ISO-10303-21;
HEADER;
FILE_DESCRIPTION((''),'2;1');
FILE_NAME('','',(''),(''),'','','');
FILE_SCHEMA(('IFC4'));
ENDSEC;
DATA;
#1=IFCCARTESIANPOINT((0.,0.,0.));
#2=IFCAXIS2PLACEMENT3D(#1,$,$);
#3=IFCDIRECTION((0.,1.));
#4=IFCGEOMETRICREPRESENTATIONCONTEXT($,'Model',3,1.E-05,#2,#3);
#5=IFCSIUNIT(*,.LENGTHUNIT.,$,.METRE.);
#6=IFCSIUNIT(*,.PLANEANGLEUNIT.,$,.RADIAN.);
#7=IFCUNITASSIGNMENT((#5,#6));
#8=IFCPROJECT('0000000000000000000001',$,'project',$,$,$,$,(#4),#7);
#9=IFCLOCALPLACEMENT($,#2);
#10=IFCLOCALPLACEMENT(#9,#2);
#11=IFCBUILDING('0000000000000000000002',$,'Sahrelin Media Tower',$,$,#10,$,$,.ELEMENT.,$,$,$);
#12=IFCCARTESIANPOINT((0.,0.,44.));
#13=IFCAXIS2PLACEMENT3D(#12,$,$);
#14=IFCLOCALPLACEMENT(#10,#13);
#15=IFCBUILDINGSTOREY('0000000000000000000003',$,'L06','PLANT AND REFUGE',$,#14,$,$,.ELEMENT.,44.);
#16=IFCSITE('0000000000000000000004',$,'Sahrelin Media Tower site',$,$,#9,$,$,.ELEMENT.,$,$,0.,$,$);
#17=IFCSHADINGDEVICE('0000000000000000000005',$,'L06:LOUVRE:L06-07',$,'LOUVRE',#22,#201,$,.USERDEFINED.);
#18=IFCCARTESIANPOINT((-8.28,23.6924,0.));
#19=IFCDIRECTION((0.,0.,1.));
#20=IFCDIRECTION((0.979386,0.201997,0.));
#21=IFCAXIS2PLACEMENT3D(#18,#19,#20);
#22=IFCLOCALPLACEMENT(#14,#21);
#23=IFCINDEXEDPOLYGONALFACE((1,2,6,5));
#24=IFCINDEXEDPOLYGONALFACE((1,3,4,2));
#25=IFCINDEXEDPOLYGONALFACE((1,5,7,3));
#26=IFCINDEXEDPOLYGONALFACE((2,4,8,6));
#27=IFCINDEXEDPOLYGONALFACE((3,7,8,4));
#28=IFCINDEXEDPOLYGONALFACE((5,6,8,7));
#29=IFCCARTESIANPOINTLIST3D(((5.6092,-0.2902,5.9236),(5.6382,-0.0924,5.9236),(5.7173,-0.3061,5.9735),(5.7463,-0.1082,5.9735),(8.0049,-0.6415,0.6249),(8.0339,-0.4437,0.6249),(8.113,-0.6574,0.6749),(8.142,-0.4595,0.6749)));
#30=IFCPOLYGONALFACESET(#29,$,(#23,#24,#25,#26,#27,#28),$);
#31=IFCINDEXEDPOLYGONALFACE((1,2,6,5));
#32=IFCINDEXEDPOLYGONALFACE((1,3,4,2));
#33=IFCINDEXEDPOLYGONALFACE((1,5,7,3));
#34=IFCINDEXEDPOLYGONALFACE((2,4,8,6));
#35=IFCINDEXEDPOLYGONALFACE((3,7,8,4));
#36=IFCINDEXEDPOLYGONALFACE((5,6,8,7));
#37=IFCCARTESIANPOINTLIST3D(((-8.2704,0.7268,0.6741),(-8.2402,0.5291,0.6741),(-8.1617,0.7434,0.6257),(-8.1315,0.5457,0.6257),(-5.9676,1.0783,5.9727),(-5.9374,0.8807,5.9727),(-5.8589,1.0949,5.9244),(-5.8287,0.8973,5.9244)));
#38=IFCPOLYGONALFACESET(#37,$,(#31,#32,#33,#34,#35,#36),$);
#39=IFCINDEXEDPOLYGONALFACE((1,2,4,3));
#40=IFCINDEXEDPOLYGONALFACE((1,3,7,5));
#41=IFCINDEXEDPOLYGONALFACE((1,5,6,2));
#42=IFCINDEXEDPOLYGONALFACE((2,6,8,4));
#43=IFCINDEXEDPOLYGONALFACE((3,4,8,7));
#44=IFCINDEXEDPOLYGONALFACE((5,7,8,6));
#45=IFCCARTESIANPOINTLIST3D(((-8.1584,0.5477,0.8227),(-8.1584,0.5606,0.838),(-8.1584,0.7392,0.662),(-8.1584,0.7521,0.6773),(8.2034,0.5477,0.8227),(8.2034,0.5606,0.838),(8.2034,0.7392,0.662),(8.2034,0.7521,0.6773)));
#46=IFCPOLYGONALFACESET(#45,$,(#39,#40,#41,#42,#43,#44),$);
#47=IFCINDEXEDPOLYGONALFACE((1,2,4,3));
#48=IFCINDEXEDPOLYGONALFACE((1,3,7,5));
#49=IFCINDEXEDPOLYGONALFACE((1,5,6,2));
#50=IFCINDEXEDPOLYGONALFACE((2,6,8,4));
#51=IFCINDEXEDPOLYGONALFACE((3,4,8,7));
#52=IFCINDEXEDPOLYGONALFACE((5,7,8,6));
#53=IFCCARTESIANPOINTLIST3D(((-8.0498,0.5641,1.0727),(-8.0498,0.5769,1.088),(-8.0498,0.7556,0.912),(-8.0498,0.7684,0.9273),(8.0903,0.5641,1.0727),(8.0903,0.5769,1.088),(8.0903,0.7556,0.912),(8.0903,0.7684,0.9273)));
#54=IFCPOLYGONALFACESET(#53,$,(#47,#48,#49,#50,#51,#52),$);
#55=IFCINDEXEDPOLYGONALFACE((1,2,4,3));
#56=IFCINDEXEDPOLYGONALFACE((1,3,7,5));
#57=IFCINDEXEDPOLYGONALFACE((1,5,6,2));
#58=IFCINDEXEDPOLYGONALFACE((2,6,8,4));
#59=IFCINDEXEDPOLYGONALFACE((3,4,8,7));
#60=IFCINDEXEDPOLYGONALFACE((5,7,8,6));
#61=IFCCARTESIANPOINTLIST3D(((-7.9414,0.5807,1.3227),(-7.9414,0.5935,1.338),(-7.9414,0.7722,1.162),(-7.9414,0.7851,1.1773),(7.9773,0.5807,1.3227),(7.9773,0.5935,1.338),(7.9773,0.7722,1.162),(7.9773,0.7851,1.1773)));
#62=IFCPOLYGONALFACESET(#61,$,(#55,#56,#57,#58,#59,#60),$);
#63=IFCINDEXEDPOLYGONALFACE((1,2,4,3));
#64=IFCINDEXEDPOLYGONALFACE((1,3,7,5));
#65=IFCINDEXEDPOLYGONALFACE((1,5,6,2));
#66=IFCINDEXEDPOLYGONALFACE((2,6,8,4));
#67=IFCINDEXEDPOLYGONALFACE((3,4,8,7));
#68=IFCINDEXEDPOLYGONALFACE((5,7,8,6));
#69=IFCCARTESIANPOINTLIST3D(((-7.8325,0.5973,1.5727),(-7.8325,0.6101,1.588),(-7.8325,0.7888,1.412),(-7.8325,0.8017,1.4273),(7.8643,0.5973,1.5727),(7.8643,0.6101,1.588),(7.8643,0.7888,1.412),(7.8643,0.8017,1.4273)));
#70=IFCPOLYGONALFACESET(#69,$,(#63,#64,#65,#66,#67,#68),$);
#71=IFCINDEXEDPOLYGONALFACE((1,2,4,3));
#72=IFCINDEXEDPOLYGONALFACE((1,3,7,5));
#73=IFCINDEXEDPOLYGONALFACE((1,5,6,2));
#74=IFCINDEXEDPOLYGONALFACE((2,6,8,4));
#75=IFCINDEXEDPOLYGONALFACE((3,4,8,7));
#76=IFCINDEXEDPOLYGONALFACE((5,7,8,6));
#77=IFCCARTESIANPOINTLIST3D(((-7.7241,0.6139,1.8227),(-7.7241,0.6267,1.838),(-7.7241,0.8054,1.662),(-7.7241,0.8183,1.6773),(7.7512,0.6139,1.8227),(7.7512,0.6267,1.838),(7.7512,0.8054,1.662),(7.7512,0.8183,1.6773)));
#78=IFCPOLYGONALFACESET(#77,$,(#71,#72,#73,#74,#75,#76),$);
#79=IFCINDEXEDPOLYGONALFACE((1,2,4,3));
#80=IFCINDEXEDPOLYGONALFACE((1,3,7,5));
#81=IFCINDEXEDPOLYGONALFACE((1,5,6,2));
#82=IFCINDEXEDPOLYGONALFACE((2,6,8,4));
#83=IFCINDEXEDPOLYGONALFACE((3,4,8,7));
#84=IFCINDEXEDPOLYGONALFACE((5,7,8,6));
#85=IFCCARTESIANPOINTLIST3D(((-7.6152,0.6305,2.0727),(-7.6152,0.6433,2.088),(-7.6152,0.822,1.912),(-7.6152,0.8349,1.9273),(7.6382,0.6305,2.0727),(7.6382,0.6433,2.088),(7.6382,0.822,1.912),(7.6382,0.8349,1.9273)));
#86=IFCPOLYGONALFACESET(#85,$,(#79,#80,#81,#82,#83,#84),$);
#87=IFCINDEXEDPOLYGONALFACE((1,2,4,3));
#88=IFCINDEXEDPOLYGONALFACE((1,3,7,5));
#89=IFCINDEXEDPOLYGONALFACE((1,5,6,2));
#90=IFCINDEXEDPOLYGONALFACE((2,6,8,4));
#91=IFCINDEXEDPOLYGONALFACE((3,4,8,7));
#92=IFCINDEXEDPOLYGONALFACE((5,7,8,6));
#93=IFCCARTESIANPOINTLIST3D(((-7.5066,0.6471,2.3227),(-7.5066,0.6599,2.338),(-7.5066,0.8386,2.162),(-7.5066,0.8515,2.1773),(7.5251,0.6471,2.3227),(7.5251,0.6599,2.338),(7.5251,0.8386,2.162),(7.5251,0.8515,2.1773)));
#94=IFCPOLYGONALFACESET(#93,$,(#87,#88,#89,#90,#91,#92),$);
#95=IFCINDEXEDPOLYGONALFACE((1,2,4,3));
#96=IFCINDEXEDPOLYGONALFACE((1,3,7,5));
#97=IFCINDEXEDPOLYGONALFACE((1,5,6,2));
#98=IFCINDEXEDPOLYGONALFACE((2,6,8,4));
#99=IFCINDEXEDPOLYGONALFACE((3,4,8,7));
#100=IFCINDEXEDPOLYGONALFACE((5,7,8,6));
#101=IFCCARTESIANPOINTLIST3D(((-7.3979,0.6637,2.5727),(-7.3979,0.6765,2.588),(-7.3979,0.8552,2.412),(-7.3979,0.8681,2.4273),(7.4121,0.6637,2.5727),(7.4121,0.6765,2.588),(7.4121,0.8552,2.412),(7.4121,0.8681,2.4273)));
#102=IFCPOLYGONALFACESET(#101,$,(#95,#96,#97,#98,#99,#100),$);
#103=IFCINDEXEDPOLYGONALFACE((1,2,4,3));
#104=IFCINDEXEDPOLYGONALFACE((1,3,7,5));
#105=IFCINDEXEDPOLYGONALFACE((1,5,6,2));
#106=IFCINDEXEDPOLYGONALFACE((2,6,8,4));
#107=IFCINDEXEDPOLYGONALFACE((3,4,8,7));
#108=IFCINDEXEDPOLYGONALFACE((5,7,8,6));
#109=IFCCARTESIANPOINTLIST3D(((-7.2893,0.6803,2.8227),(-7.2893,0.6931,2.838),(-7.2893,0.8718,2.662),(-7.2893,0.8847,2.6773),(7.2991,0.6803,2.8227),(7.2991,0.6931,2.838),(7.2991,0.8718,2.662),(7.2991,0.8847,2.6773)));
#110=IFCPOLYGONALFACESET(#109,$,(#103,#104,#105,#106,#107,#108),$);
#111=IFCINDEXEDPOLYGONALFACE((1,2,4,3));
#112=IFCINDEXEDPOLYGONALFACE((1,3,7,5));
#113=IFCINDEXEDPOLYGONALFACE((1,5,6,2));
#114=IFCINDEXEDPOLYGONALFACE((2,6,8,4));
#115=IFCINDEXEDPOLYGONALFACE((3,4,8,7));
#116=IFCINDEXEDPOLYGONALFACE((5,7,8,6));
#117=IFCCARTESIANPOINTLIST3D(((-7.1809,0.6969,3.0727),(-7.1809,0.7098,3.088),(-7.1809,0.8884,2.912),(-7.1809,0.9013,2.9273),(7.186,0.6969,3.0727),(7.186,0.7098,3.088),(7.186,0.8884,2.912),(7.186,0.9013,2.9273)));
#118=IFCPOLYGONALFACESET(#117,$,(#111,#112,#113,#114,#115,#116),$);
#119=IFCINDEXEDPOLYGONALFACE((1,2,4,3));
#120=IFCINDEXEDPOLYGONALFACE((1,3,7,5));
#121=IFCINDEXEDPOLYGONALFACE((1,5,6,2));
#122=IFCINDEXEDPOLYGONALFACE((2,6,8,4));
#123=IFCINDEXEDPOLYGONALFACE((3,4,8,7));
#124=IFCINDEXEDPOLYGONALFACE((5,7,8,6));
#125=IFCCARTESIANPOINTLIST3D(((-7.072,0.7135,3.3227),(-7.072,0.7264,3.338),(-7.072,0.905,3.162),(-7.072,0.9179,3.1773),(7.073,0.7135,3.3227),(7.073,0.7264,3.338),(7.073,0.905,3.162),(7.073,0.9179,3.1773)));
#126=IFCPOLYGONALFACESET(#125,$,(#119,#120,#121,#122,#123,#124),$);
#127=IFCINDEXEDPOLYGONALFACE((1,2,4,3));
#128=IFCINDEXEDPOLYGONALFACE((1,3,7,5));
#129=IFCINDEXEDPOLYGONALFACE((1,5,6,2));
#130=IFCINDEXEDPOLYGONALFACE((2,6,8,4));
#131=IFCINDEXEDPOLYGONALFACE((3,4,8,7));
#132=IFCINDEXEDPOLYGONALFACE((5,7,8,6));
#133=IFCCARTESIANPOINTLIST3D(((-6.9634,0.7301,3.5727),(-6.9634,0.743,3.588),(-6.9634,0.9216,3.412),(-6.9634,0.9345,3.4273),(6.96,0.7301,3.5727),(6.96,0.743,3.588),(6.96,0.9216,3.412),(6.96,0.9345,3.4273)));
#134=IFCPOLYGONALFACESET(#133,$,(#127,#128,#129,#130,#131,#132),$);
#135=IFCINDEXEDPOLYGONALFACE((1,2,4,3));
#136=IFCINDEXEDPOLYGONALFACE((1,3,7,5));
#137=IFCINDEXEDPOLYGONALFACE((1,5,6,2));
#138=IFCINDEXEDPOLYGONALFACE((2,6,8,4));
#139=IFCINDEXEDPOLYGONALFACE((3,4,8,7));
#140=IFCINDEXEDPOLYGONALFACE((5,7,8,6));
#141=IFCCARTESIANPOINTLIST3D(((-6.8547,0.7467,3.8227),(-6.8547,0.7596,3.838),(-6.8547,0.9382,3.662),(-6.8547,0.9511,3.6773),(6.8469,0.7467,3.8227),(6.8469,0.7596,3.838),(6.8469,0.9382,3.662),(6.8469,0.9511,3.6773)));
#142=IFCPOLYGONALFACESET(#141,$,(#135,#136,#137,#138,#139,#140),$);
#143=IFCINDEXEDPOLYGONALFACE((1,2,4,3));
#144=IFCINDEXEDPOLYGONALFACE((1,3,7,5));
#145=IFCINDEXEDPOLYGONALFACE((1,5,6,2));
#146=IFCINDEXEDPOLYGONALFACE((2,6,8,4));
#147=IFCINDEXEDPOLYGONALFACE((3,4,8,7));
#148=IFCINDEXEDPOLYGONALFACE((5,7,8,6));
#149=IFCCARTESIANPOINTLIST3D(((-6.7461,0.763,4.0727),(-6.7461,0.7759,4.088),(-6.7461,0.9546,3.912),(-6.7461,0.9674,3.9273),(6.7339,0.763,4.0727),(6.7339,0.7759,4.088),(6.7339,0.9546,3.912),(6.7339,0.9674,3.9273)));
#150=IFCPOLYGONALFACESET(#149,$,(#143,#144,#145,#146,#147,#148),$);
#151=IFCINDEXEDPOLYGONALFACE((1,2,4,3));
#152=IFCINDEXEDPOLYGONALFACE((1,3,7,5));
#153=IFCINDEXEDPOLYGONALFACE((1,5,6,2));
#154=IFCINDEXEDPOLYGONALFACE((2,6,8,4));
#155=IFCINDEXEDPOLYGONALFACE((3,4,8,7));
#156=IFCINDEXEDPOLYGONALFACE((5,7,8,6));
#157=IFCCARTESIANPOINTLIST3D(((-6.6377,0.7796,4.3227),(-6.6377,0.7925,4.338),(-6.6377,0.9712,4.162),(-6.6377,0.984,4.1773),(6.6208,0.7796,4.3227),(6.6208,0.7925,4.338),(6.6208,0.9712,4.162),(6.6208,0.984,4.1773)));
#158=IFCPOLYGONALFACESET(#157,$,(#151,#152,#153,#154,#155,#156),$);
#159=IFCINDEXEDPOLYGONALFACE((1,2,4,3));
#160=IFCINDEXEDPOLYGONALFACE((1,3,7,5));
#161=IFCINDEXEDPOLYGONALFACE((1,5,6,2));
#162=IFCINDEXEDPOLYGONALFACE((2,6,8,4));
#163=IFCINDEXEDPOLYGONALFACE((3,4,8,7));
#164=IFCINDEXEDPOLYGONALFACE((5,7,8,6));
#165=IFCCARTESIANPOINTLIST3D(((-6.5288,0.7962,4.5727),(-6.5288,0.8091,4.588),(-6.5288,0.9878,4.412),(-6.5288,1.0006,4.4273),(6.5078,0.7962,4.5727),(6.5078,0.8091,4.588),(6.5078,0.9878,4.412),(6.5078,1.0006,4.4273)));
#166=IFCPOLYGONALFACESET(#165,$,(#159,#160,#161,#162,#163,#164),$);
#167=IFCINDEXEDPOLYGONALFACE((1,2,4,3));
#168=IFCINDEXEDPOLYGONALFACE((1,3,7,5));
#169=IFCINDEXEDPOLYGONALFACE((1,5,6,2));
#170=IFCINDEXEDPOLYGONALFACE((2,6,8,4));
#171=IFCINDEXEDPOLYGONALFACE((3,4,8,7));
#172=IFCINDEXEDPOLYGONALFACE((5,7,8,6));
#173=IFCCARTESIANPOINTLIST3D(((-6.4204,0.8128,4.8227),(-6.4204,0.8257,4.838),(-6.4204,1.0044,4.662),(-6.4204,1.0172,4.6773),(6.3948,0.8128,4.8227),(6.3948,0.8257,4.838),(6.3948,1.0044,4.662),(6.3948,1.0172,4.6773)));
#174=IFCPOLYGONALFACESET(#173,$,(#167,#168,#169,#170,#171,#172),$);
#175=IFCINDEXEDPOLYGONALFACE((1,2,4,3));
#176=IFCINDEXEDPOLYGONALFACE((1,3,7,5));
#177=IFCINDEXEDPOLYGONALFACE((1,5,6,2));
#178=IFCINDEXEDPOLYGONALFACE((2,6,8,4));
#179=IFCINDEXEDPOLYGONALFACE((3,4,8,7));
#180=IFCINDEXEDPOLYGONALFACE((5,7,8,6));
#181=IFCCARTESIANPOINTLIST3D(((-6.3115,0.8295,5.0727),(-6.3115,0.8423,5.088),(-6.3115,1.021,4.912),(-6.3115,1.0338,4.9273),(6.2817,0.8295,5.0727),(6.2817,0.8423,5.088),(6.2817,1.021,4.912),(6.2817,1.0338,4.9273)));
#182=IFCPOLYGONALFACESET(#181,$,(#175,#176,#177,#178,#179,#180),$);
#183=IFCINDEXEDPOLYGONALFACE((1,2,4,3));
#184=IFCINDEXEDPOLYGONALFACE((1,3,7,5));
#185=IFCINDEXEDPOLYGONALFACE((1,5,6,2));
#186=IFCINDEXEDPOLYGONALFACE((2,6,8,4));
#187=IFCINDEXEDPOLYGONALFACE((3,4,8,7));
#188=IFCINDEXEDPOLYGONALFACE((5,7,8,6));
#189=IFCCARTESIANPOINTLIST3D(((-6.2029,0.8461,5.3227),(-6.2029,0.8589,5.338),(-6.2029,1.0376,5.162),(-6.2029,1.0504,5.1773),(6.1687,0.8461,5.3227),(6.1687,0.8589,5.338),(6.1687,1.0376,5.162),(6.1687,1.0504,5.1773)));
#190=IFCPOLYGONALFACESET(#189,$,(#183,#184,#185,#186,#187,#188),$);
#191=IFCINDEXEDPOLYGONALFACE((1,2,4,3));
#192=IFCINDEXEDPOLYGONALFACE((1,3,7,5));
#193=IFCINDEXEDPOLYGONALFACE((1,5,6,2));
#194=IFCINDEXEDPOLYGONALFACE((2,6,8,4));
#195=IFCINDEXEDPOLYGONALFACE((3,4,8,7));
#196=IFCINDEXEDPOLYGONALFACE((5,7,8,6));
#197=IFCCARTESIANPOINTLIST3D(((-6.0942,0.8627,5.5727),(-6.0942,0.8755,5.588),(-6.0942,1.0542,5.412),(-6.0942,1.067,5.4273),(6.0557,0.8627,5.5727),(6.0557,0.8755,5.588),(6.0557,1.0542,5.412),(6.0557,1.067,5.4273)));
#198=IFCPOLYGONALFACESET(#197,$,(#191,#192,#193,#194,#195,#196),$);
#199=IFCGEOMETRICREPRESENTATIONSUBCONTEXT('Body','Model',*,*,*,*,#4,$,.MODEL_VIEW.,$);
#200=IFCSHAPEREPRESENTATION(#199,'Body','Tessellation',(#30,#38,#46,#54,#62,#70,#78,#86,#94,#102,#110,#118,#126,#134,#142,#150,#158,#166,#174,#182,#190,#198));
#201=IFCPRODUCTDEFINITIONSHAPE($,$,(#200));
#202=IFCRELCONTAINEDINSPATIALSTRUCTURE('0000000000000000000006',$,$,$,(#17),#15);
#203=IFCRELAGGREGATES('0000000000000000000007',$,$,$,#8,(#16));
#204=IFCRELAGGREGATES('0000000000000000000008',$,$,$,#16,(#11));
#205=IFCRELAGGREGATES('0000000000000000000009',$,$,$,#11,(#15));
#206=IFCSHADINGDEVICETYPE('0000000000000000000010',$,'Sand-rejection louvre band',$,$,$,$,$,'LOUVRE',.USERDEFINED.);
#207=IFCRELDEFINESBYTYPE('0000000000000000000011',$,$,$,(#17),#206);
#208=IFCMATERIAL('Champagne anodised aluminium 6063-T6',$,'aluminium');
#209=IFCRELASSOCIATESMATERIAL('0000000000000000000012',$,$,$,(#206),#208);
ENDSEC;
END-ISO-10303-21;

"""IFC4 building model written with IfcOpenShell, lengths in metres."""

from ifc_helpers import new_model, si_unit, direction, frame, origin, origin_2d, place, context, subcontext, project, spatial, rectangle, extrude, material, type_object, element, save


model = new_model("IFC4")

# Units and contexts
model_context = context("Model", 3, precision=1e-05, world=origin(), true_north=direction((0.0, 1.0)))
body_context = subcontext(model_context, "Body", "Model", "MODEL_VIEW")
ifc_project = project(units=[si_unit("LENGTHUNIT", "METRE"), si_unit("PLANEANGLEUNIT", "RADIAN")], contexts=[model_context])

# Site, building, storey
site_placement = place(None, origin())
site = spatial("IfcSite", under=ifc_project, at=site_placement, Name="Sahrelin Media Tower site", CompositionType="ELEMENT", RefElevation=0.0)
building_placement = place(site_placement, origin())
building = spatial("IfcBuilding", under=site, at=building_placement, Name="Sahrelin Media Tower", CompositionType="ELEMENT")
storey_placement = place(building_placement, frame((0.0, 0.0, 44.0)))
storey = spatial("IfcBuildingStorey", under=building, at=storey_placement, Name="L06", Description="PLANT AND REFUGE", CompositionType="ELEMENT", Elevation=44.0)

# Shading device
ifc_material_1 = material(Name="Champagne anodised aluminium 6063-T6", Category="aluminium")
shading_device_type = type_object("IfcShadingDeviceType", Name="Sand-rejection louvre band", ElementType="LOUVRE", PredefinedType="USERDEFINED", material=ifc_material_1)
shading_device_1_placement = place(storey_placement, frame((-8.28, 23.6924, 0.0), z_axis=(0.0, 0.0, 1.0), x_axis=(0.979386, 0.201997, 0.0)))
element("IfcShadingDevice", 1, at=shading_device_1_placement, inside=storey, type_object=shading_device_type, Name="L06:LOUVRE:L06-07", ObjectType="LOUVRE", PredefinedType="USERDEFINED", context=body_context, shape_type="SweptSolid", body=[
    extrude(rectangle(XDim=0.2, YDim=0.1201, at=origin_2d()), frame((8.0735, -0.5505, 0.6499), z_axis=(-0.411243, 0.060306, 0.909529), x_axis=(-0.14509, -0.989418, 0.0)), (0.0, 0.0, 1.0), 5.8257),
    extrude(rectangle(XDim=0.2, YDim=0.1201, at=origin_2d()), frame((-8.2009, 0.6362, 0.6499), z_axis=(0.397845, 0.06074, 0.91544), x_axis=(-0.150923, 0.988546, 0.0)), (0.0, 0.0, 1.0), 5.7881),
    extrude(rectangle(XDim=0.25, YDim=0.02, at=origin_2d()), frame((8.2034, 0.6499, 0.75), z_axis=(-1.0, 0.0, 0.0), x_axis=(0.0, -0.766044, 0.642788)), (0.0, 0.0, 1.0), 16.3618),
    extrude(rectangle(XDim=0.25, YDim=0.02, at=origin_2d()), frame((8.0903, 0.6663, 1.0), z_axis=(-1.0, 0.0, 0.0), x_axis=(0.0, -0.766044, 0.642788)), (0.0, 0.0, 1.0), 16.1401),
    extrude(rectangle(XDim=0.25, YDim=0.02, at=origin_2d()), frame((7.9773, 0.6829, 1.25), z_axis=(-1.0, 0.0, 0.0), x_axis=(0.0, -0.766044, 0.642788)), (0.0, 0.0, 1.0), 15.9187),
    extrude(rectangle(XDim=0.25, YDim=0.02, at=origin_2d()), frame((7.8643, 0.6995, 1.5), z_axis=(-1.0, 0.0, 0.0), x_axis=(0.0, -0.766044, 0.642788)), (0.0, 0.0, 1.0), 15.6968),
    extrude(rectangle(XDim=0.25, YDim=0.02, at=origin_2d()), frame((7.7512, 0.7161, 1.75), z_axis=(-1.0, 0.0, 0.0), x_axis=(0.0, -0.766044, 0.642788)), (0.0, 0.0, 1.0), 15.4753),
    extrude(rectangle(XDim=0.25, YDim=0.02, at=origin_2d()), frame((7.6382, 0.7327, 2.0), z_axis=(-1.0, 0.0, 0.0), x_axis=(0.0, -0.766044, 0.642788)), (0.0, 0.0, 1.0), 15.2534),
    extrude(rectangle(XDim=0.25, YDim=0.02, at=origin_2d()), frame((7.5251, 0.7493, 2.25), z_axis=(-1.0, 0.0, 0.0), x_axis=(0.0, -0.766044, 0.642788)), (0.0, 0.0, 1.0), 15.0317),
    extrude(rectangle(XDim=0.25, YDim=0.02, at=origin_2d()), frame((7.4121, 0.7659, 2.5), z_axis=(-1.0, 0.0, 0.0), x_axis=(0.0, -0.766044, 0.642788)), (0.0, 0.0, 1.0), 14.8101),
    extrude(rectangle(XDim=0.25, YDim=0.02, at=origin_2d()), frame((7.2991, 0.7825, 2.75), z_axis=(-1.0, 0.0, 0.0), x_axis=(0.0, -0.766044, 0.642788)), (0.0, 0.0, 1.0), 14.5884),
    extrude(rectangle(XDim=0.25, YDim=0.02, at=origin_2d()), frame((7.186, 0.7991, 3.0), z_axis=(-1.0, 0.0, 0.0), x_axis=(0.0, -0.766044, 0.642788)), (0.0, 0.0, 1.0), 14.3669),
    extrude(rectangle(XDim=0.25, YDim=0.02, at=origin_2d()), frame((7.073, 0.8157, 3.25), z_axis=(-1.0, 0.0, 0.0), x_axis=(0.0, -0.766044, 0.642788)), (0.0, 0.0, 1.0), 14.145),
    extrude(rectangle(XDim=0.25, YDim=0.02, at=origin_2d()), frame((6.96, 0.8323, 3.5), z_axis=(-1.0, 0.0, 0.0), x_axis=(0.0, -0.766044, 0.642788)), (0.0, 0.0, 1.0), 13.9233),
    extrude(rectangle(XDim=0.25, YDim=0.02, at=origin_2d()), frame((6.8469, 0.8489, 3.75), z_axis=(-1.0, 0.0, 0.0), x_axis=(0.0, -0.766044, 0.642788)), (0.0, 0.0, 1.0), 13.7017),
    extrude(rectangle(XDim=0.25, YDim=0.02, at=origin_2d()), frame((6.7339, 0.8652, 4.0), z_axis=(-1.0, 0.0, 0.0), x_axis=(0.0, -0.766044, 0.642788)), (0.0, 0.0, 1.0), 13.48),
    extrude(rectangle(XDim=0.25, YDim=0.02, at=origin_2d()), frame((6.6208, 0.8818, 4.25), z_axis=(-1.0, 0.0, 0.0), x_axis=(0.0, -0.766044, 0.642788)), (0.0, 0.0, 1.0), 13.2585),
    extrude(rectangle(XDim=0.25, YDim=0.02, at=origin_2d()), frame((6.5078, 0.8984, 4.5), z_axis=(-1.0, 0.0, 0.0), x_axis=(0.0, -0.766044, 0.642788)), (0.0, 0.0, 1.0), 13.0366),
    extrude(rectangle(XDim=0.25, YDim=0.02, at=origin_2d()), frame((6.3948, 0.915, 4.75), z_axis=(-1.0, 0.0, 0.0), x_axis=(0.0, -0.766044, 0.642788)), (0.0, 0.0, 1.0), 12.8152),
    extrude(rectangle(XDim=0.25, YDim=0.02, at=origin_2d()), frame((6.2817, 0.9316, 5.0), z_axis=(-1.0, 0.0, 0.0), x_axis=(0.0, -0.766044, 0.642788)), (0.0, 0.0, 1.0), 12.5933),
    extrude(rectangle(XDim=0.25, YDim=0.02, at=origin_2d()), frame((6.1687, 0.9482, 5.25), z_axis=(-1.0, 0.0, 0.0), x_axis=(0.0, -0.766044, 0.642788)), (0.0, 0.0, 1.0), 12.3716),
    extrude(rectangle(XDim=0.25, YDim=0.02, at=origin_2d()), frame((6.0557, 0.9648, 5.5), z_axis=(-1.0, 0.0, 0.0), x_axis=(0.0, -0.766044, 0.642788)), (0.0, 0.0, 1.0), 12.1499),
])

save(model, "model.ifc")
